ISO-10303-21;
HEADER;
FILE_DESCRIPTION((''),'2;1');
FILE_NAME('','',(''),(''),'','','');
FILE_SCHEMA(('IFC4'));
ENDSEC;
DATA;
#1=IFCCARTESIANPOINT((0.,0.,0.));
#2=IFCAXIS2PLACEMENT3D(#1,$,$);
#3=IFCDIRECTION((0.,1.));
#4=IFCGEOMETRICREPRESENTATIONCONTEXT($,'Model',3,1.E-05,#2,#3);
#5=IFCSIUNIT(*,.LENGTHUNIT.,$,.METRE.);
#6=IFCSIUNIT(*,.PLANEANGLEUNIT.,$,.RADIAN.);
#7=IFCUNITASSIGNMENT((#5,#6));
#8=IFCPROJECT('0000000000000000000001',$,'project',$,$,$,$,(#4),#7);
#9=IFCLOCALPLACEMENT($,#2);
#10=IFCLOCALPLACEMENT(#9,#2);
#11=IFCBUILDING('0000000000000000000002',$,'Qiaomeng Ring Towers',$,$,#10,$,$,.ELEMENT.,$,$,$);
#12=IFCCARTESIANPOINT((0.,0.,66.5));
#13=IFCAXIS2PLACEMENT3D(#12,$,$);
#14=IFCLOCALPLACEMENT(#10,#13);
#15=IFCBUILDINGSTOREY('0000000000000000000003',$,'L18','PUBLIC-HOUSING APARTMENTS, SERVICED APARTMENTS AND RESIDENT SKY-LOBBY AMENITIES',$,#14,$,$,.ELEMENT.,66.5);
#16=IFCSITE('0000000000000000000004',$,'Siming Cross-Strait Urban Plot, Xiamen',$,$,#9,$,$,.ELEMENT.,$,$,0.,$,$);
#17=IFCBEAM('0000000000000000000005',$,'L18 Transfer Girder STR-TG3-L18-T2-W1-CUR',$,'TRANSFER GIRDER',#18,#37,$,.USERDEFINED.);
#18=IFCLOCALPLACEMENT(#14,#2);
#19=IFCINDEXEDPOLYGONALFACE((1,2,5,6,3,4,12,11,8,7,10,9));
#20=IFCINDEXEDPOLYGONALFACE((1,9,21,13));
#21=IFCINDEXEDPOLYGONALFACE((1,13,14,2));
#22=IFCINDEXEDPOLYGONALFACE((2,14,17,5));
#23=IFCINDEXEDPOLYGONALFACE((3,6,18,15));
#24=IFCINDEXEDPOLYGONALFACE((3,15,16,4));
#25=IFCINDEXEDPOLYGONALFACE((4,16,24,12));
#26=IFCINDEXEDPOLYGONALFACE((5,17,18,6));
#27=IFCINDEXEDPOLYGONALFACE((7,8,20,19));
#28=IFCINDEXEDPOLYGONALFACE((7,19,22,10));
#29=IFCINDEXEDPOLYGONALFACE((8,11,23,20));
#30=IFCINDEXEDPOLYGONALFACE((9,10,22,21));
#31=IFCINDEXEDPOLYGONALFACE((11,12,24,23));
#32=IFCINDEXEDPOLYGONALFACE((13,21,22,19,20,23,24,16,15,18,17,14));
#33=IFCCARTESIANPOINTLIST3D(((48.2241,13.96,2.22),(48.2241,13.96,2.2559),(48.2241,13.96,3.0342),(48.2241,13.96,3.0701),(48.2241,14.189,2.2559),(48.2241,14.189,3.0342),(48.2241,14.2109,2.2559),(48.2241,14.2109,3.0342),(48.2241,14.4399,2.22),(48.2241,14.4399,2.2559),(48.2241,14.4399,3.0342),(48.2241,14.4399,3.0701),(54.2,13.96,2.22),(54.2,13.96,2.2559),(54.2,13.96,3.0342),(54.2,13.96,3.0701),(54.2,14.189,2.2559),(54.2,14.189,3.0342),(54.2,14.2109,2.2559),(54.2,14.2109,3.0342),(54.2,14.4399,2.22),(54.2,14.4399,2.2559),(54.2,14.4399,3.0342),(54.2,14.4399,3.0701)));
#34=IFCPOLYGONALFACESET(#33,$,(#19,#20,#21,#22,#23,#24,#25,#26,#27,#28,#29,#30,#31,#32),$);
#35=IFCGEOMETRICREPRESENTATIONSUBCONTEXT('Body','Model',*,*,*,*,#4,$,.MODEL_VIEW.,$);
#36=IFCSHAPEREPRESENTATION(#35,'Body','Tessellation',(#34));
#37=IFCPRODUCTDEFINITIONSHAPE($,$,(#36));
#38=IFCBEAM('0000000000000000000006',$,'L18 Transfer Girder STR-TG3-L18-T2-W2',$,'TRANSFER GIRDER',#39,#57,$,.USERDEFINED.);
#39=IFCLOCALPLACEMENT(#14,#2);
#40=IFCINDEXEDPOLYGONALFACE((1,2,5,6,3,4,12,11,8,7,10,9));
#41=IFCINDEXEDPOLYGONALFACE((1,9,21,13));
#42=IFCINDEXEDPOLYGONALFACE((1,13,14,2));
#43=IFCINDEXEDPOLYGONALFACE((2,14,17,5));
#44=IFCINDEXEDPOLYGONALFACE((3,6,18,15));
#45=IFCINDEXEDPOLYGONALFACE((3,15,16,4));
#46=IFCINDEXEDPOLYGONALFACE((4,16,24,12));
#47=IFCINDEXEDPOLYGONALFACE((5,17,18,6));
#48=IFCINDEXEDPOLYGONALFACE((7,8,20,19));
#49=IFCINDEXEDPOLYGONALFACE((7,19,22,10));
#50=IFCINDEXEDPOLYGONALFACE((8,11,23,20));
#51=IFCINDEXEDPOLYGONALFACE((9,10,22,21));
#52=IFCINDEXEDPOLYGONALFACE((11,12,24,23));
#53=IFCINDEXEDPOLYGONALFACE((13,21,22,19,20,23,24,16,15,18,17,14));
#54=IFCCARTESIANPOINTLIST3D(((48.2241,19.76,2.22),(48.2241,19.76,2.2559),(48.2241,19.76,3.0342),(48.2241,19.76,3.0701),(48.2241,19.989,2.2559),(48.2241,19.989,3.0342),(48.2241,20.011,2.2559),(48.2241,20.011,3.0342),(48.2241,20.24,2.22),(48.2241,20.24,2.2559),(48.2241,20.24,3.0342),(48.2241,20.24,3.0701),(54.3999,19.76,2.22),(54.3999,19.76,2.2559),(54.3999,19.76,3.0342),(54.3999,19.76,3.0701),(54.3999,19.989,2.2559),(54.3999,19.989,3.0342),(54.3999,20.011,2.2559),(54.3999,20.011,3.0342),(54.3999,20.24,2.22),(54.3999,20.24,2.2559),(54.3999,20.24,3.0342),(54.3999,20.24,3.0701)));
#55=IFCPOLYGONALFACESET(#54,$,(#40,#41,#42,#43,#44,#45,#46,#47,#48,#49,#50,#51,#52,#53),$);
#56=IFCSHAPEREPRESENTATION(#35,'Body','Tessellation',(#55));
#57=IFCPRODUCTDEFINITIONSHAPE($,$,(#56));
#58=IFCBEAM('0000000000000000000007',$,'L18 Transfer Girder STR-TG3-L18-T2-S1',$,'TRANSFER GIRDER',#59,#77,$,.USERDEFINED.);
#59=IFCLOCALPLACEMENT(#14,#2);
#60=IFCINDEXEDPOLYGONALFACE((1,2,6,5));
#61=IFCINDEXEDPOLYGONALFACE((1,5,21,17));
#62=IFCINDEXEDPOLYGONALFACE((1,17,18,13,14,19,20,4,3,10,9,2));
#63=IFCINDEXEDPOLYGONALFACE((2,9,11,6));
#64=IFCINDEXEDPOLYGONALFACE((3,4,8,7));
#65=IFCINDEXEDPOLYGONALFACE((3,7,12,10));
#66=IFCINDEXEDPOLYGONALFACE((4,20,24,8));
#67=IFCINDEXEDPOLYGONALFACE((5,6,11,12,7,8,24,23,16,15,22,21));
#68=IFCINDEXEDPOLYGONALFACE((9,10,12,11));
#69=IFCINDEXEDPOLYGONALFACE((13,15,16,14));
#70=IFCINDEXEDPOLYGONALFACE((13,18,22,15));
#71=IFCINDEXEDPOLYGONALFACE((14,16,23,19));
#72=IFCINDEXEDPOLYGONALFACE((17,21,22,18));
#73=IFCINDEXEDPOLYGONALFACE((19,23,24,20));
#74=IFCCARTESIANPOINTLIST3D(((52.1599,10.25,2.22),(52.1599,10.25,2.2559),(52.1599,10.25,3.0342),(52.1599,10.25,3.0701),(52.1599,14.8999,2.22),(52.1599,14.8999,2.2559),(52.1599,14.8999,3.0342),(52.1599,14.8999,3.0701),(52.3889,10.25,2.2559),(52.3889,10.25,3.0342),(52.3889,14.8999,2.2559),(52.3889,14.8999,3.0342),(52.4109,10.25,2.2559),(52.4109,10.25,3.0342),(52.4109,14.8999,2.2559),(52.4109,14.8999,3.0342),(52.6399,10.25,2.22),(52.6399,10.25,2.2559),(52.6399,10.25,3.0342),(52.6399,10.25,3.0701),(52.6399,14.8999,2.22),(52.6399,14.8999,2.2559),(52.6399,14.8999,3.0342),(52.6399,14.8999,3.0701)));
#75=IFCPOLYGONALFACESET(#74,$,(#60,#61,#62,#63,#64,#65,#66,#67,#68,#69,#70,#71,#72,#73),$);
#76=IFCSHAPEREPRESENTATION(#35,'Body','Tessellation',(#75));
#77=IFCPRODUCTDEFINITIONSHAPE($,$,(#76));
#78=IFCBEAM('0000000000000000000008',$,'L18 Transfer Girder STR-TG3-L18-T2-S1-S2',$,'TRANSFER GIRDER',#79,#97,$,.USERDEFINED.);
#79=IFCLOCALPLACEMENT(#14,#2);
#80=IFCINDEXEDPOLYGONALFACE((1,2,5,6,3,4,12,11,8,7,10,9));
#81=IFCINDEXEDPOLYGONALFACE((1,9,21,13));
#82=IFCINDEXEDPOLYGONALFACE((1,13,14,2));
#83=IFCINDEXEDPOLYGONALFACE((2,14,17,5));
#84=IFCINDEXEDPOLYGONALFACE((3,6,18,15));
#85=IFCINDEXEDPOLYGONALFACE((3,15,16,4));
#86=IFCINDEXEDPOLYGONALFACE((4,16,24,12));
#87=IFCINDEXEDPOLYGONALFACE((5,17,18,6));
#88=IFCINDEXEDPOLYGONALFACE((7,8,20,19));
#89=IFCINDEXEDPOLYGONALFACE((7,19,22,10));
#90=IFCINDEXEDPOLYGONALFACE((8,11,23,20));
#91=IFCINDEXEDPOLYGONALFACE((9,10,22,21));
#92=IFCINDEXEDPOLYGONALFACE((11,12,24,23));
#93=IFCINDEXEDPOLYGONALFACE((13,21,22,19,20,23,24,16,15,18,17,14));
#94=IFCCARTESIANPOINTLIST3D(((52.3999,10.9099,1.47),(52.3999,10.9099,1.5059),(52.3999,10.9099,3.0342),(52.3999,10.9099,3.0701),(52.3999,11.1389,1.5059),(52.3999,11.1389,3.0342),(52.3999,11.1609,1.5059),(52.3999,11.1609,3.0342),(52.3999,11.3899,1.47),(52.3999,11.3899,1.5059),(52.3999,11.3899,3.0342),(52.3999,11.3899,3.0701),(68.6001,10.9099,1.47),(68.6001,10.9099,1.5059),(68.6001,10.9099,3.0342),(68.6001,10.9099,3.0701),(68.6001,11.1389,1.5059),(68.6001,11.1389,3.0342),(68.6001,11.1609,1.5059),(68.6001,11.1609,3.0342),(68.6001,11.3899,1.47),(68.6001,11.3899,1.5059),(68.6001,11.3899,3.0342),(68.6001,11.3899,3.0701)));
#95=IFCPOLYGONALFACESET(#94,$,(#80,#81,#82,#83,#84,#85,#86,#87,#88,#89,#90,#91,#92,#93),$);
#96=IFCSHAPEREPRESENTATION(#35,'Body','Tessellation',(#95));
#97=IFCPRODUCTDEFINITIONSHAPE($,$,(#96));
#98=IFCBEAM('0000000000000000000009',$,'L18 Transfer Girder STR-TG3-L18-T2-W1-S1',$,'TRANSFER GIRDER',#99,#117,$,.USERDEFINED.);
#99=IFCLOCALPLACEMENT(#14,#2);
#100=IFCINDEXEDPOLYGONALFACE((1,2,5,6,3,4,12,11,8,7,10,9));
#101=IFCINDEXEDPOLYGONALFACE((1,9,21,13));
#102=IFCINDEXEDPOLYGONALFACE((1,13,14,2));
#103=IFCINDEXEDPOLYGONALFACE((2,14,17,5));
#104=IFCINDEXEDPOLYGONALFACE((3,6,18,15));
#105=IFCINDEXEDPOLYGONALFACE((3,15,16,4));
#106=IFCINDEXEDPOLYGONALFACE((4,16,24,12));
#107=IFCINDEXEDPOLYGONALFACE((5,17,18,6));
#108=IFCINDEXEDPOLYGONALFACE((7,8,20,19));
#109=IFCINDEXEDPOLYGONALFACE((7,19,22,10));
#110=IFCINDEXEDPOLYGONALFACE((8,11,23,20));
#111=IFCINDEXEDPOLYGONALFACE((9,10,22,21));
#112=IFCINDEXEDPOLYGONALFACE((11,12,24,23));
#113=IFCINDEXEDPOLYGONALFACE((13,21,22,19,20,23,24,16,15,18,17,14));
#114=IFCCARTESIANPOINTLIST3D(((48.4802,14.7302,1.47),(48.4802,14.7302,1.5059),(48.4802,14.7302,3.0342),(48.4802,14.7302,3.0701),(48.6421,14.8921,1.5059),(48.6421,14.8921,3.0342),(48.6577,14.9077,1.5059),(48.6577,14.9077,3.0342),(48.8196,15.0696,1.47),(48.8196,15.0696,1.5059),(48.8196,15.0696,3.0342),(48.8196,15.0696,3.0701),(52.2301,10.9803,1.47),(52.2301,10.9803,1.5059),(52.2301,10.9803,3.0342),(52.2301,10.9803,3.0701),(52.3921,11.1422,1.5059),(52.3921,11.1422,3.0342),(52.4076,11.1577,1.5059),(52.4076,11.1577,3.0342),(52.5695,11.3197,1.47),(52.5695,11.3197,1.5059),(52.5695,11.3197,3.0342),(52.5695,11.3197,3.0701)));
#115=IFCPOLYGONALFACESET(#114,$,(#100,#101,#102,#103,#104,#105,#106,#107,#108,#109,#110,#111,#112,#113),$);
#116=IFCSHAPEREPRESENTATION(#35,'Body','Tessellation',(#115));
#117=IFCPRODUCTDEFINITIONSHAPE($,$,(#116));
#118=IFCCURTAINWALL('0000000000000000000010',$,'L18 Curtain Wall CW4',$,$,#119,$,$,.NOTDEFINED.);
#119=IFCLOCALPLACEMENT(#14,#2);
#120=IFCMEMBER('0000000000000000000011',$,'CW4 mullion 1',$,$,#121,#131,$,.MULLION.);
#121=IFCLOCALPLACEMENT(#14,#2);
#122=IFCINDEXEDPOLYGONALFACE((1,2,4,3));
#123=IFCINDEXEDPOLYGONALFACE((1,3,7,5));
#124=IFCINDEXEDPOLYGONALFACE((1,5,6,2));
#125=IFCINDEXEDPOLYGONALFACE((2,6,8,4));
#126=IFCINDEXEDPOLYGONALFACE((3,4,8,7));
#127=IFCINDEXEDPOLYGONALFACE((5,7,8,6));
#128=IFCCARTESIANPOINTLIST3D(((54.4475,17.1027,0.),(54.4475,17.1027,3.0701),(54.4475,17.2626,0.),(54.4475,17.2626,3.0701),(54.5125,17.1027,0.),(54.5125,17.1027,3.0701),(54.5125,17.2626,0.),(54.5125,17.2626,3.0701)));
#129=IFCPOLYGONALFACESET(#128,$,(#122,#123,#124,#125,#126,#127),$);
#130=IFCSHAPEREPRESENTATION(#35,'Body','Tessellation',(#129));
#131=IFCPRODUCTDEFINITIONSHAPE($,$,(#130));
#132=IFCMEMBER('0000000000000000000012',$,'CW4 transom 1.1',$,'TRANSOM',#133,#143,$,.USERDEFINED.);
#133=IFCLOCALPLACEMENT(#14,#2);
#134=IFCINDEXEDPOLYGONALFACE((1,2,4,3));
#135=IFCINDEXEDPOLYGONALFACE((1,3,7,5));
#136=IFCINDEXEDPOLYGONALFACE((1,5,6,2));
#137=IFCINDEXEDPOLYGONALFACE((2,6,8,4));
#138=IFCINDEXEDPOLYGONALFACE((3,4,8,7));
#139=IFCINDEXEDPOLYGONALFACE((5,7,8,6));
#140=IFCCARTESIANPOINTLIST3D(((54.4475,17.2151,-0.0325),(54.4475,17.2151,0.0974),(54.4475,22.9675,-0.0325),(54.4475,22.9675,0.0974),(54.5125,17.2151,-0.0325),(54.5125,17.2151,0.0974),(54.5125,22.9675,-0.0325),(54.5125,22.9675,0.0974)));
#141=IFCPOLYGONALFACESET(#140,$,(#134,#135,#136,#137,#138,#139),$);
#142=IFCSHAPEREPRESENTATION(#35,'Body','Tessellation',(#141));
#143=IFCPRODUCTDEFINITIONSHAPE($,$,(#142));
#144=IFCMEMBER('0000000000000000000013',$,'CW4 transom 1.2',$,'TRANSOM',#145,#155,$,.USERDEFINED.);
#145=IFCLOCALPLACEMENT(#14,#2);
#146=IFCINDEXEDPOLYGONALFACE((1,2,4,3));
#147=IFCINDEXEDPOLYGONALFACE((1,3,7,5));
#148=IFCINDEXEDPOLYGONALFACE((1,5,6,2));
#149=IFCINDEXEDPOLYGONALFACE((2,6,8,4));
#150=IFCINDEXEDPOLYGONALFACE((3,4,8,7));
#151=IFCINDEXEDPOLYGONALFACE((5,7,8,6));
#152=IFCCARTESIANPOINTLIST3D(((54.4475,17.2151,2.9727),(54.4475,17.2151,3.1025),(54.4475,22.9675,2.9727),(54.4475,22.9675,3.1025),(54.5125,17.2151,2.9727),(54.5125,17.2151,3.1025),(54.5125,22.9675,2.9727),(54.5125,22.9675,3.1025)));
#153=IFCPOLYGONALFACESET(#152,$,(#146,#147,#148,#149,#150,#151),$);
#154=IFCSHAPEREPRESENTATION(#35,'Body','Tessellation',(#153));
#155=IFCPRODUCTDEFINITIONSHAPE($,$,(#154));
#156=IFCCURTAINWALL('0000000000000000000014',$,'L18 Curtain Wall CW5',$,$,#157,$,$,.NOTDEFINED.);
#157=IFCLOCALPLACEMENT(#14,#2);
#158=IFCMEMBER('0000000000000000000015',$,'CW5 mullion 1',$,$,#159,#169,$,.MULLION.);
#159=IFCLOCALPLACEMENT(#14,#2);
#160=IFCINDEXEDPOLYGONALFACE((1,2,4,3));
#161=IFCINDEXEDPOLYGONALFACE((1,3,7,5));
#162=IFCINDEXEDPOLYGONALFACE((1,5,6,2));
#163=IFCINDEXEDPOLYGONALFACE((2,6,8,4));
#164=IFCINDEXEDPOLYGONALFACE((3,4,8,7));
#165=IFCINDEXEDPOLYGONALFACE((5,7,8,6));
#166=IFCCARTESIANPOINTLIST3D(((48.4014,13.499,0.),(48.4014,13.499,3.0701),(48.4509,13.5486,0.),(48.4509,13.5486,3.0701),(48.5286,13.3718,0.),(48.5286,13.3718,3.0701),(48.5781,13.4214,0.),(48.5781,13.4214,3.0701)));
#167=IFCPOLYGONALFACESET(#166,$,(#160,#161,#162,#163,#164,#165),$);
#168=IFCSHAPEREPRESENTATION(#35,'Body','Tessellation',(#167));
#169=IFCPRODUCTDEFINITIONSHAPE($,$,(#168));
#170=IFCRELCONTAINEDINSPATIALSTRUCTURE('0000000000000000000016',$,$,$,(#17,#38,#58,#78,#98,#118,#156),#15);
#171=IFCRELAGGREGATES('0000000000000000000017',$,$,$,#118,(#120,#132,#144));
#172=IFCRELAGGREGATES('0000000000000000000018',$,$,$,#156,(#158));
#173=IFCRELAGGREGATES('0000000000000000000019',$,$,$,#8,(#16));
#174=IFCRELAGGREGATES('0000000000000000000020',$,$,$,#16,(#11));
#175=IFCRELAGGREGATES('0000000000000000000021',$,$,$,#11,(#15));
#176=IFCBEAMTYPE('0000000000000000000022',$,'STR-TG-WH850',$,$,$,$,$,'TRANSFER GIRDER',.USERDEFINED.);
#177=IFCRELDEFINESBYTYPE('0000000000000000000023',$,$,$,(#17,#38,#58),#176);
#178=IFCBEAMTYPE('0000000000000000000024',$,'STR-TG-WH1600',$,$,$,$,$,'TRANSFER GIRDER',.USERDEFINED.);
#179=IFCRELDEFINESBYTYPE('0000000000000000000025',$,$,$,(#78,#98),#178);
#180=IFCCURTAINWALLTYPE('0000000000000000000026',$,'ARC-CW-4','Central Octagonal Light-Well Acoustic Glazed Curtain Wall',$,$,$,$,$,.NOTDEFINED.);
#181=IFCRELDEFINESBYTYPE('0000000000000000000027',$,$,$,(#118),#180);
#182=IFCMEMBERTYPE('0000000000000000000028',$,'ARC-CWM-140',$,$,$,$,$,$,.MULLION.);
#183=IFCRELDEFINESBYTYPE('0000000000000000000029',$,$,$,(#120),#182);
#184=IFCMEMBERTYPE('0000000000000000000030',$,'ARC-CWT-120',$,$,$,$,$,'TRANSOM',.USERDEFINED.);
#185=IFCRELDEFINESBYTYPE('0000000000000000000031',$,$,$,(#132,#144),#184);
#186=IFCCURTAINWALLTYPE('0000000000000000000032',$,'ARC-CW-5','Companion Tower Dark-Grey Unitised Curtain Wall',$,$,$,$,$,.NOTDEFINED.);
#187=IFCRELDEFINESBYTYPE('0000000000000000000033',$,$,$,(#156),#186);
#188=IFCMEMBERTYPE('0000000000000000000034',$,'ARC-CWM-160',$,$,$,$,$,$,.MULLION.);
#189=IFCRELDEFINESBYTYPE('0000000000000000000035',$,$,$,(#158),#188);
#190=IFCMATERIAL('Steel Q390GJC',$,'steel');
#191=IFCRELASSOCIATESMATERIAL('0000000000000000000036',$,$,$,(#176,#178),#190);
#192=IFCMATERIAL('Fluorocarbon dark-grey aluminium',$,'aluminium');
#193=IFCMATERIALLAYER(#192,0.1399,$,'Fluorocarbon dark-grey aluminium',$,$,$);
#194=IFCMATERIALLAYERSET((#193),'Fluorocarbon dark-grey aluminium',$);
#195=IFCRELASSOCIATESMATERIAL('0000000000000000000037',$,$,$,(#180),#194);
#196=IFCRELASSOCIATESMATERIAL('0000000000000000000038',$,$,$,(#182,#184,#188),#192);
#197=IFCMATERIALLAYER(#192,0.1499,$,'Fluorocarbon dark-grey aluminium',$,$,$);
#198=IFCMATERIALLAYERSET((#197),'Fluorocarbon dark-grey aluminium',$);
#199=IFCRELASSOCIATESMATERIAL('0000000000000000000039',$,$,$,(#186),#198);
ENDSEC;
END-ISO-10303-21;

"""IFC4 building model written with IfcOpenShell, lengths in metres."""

from ifc_helpers import new_model, si_unit, direction, frame, origin, origin_2d, place, context, subcontext, project, spatial, rectangle, i_section, extrude, source, transform, mapped, material, layer, layer_set, material_profile, profile_set, type_object, element, aggregate, save


model = new_model("IFC4")

# Units and contexts
model_context = context("Model", 3, precision=1e-05, world=origin(), true_north=direction((0.0, 1.0)))
body_context = subcontext(model_context, "Body", "Model", "MODEL_VIEW")
ifc_project = project(units=[si_unit("LENGTHUNIT", "METRE"), si_unit("PLANEANGLEUNIT", "RADIAN")], contexts=[model_context])

# Site, building, storey
site_placement = place(None, origin())
site = spatial("IfcSite", under=ifc_project, at=site_placement, Name="Siming Cross-Strait Urban Plot, Xiamen", CompositionType="ELEMENT", RefElevation=0.0)
building_placement = place(site_placement, origin())
building = spatial("IfcBuilding", under=site, at=building_placement, Name="Qiaomeng Ring Towers", CompositionType="ELEMENT")
storey_placement = place(building_placement, frame((0.0, 0.0, 66.5)))
storey = spatial("IfcBuildingStorey", under=building, at=storey_placement, Name="L18", Description="PUBLIC-HOUSING APARTMENTS, SERVICED APARTMENTS AND RESIDENT SKY-LOBBY AMENITIES", CompositionType="ELEMENT", Elevation=66.5)

# Beams
ifc_material_1 = material(Name="Steel Q390GJC", Category="steel")
ifc_material_profile_1 = material_profile(ifc_material_1, i_section(OverallWidth=0.48, OverallDepth=0.8501, WebThickness=0.022, FlangeThickness=0.0359, at=origin_2d()), Name="WH 850x480x22x36")
ifc_profile_set_1 = profile_set([ifc_material_profile_1], Name="Steel Q390GJC")
beam_type_1 = type_object("IfcBeamType", Name="STR-TG-WH850", ElementType="TRANSFER GIRDER", PredefinedType="USERDEFINED", material=ifc_profile_set_1)
shared_shape_1 = source(origin(), body_context, "Body", "SweptSolid", [
    extrude(i_section(OverallWidth=0.48, OverallDepth=0.8501, WebThickness=0.022, FlangeThickness=0.0359, at=origin_2d()), origin(), (0.0, 0.0, 1.0), 5.9758),
])
beam_1_placement = place(storey_placement, frame((48.2241, 14.2, 2.645), z_axis=(1.0, 0.0, 0.0), x_axis=(0.0, 1.0, 0.0)))
element("IfcBeam", 1, at=beam_1_placement, inside=storey, type_object=beam_type_1, Name="L18 Transfer Girder STR-TG3-L18-T2-W1-CUR", ObjectType="TRANSFER GIRDER", PredefinedType="USERDEFINED", context=body_context, shape_type="MappedRepresentation", body=[
    mapped(shared_shape_1, transform((0.0, 0.0, 0.0), x_axis=(1.0, 0.0, 0.0), y_axis=(0.0, 1.0, 0.0), z_axis=(0.0, 0.0, 1.0), scale=1.0)),
])
shared_shape_2 = source(origin(), body_context, "Body", "SweptSolid", [
    extrude(i_section(OverallWidth=0.48, OverallDepth=0.8501, WebThickness=0.022, FlangeThickness=0.0359, at=origin_2d()), origin(), (0.0, 0.0, 1.0), 6.1758),
])
beam_2_placement = place(storey_placement, frame((48.2241, 20.0, 2.645), z_axis=(1.0, 0.0, 0.0), x_axis=(0.0, 1.0, 0.0)))
element("IfcBeam", 2, at=beam_2_placement, inside=storey, type_object=beam_type_1, Name="L18 Transfer Girder STR-TG3-L18-T2-W2", ObjectType="TRANSFER GIRDER", PredefinedType="USERDEFINED", context=body_context, shape_type="MappedRepresentation", body=[
    mapped(shared_shape_2, transform((0.0, 0.0, 0.0), x_axis=(1.0, 0.0, 0.0), y_axis=(0.0, 1.0, 0.0), z_axis=(0.0, 0.0, 1.0), scale=1.0)),
])
shared_shape_3 = source(origin(), body_context, "Body", "SweptSolid", [
    extrude(i_section(OverallWidth=0.48, OverallDepth=0.8501, WebThickness=0.022, FlangeThickness=0.0359, at=origin_2d()), origin(), (0.0, 0.0, 1.0), 4.6499),
])
beam_3_placement = place(storey_placement, frame((52.3999, 10.25, 2.645), z_axis=(0.0, 1.0, 0.0), x_axis=(-1.0, 0.0, 0.0)))
element("IfcBeam", 3, at=beam_3_placement, inside=storey, type_object=beam_type_1, Name="L18 Transfer Girder STR-TG3-L18-T2-S1", ObjectType="TRANSFER GIRDER", PredefinedType="USERDEFINED", context=body_context, shape_type="MappedRepresentation", body=[
    mapped(shared_shape_3, transform((0.0, 0.0, 0.0), x_axis=(1.0, 0.0, 0.0), y_axis=(0.0, 1.0, 0.0), z_axis=(0.0, 0.0, 1.0), scale=1.0)),
])
ifc_material_profile_2 = material_profile(ifc_material_1, i_section(OverallWidth=0.48, OverallDepth=1.6001, WebThickness=0.022, FlangeThickness=0.0359, at=origin_2d()), Name="WH 1600x480x22x36")
ifc_profile_set_2 = profile_set([ifc_material_profile_2], Name="Steel Q390GJC")
beam_type_2 = type_object("IfcBeamType", Name="STR-TG-WH1600", ElementType="TRANSFER GIRDER", PredefinedType="USERDEFINED", material=ifc_profile_set_2)
shared_shape_4 = source(origin(), body_context, "Body", "SweptSolid", [
    extrude(i_section(OverallWidth=0.48, OverallDepth=1.6001, WebThickness=0.022, FlangeThickness=0.0359, at=origin_2d()), origin(), (0.0, 0.0, 1.0), 16.2002),
])
beam_4_placement = place(storey_placement, frame((52.3999, 11.1499, 2.27), z_axis=(1.0, 0.0, 0.0), x_axis=(0.0, 1.0, 0.0)))
element("IfcBeam", 4, at=beam_4_placement, inside=storey, type_object=beam_type_2, Name="L18 Transfer Girder STR-TG3-L18-T2-S1-S2", ObjectType="TRANSFER GIRDER", PredefinedType="USERDEFINED", context=body_context, shape_type="MappedRepresentation", body=[
    mapped(shared_shape_4, transform((0.0, 0.0, 0.0), x_axis=(1.0, 0.0, 0.0), y_axis=(0.0, 1.0, 0.0), z_axis=(0.0, 0.0, 1.0), scale=1.0)),
])
shared_shape_5 = source(origin(), body_context, "Body", "SweptSolid", [
    extrude(i_section(OverallWidth=0.48, OverallDepth=1.6001, WebThickness=0.022, FlangeThickness=0.0359, at=origin_2d()), origin(), (0.0, 0.0, 1.0), 5.3032),
])
beam_5_placement = place(storey_placement, frame((48.6499, 14.8999, 2.27), z_axis=(0.707107, -0.707107, 0.0), x_axis=(0.707107, 0.707107, 0.0)))
element("IfcBeam", 5, at=beam_5_placement, inside=storey, type_object=beam_type_2, Name="L18 Transfer Girder STR-TG3-L18-T2-W1-S1", ObjectType="TRANSFER GIRDER", PredefinedType="USERDEFINED", context=body_context, shape_type="MappedRepresentation", body=[
    mapped(shared_shape_5, transform((0.0, 0.0, 0.0), x_axis=(1.0, 0.0, 0.0), y_axis=(0.0, 1.0, 0.0), z_axis=(0.0, 0.0, 1.0), scale=1.0)),
])

# Curtain walls, members
ifc_material_2 = material(Name="Fluorocarbon dark-grey aluminium", Category="aluminium")
ifc_layer_1 = layer(ifc_material_2, 0.1399, Name="Fluorocarbon dark-grey aluminium")
ifc_layer_set_1 = layer_set([ifc_layer_1], Name="Fluorocarbon dark-grey aluminium")
curtain_wall_type_1 = type_object("IfcCurtainWallType", Name="ARC-CW-4", Description="Central Octagonal Light-Well Acoustic Glazed Curtain Wall", PredefinedType="NOTDEFINED", material=ifc_layer_set_1)
curtain_wall_1_placement = place(storey_placement, origin())
curtain_wall_1 = element("IfcCurtainWall", 6, at=curtain_wall_1_placement, inside=storey, type_object=curtain_wall_type_1, Name="L18 Curtain Wall CW4", PredefinedType="NOTDEFINED")
ifc_material_profile_3 = material_profile(ifc_material_2, rectangle(XDim=0.0649, YDim=0.1599, at=origin_2d()), Name="ALU MULL 65x160")
ifc_profile_set_3 = profile_set([ifc_material_profile_3], Name="Fluorocarbon dark-grey aluminium")
member_type_1 = type_object("IfcMemberType", Name="ARC-CWM-140", PredefinedType="MULLION", material=ifc_profile_set_3)
shared_shape_6 = source(origin(), body_context, "Body", "SweptSolid", [
    extrude(rectangle(XDim=0.0649, YDim=0.1599, at=origin_2d()), origin(), (0.0, 0.0, 1.0), 3.0701),
])
member_1_placement = place(storey_placement, frame((54.48, 17.1826, 0.0), z_axis=(0.0, 0.0, 1.0), x_axis=(-1.0, 0.0, 0.0)))
member_1 = element("IfcMember", 7, at=member_1_placement, type_object=member_type_1, Name="CW4 mullion 1", PredefinedType="MULLION", context=body_context, shape_type="MappedRepresentation", body=[
    mapped(shared_shape_6, transform((0.0, 0.0, 0.0), x_axis=(1.0, 0.0, 0.0), y_axis=(0.0, 1.0, 0.0), z_axis=(0.0, 0.0, 1.0), scale=1.0)),
])
ifc_material_profile_4 = material_profile(ifc_material_2, rectangle(XDim=0.0649, YDim=0.1299, at=origin_2d()), Name="ALU TRAN 65x130")
ifc_profile_set_4 = profile_set([ifc_material_profile_4], Name="Fluorocarbon dark-grey aluminium")
member_type_2 = type_object("IfcMemberType", Name="ARC-CWT-120", ElementType="TRANSOM", PredefinedType="USERDEFINED", material=ifc_profile_set_4)
shared_shape_7 = source(origin(), body_context, "Body", "SweptSolid", [
    extrude(rectangle(XDim=0.0649, YDim=0.1299, at=origin_2d()), origin(), (0.0, 0.0, 1.0), 5.7524),
])
member_2_placement = place(storey_placement, frame((54.48, 17.2151, 0.0325), z_axis=(0.0, 1.0, 0.0), x_axis=(-1.0, 0.0, 0.0)))
member_2 = element("IfcMember", 8, at=member_2_placement, type_object=member_type_2, Name="CW4 transom 1.1", ObjectType="TRANSOM", PredefinedType="USERDEFINED", context=body_context, shape_type="MappedRepresentation", body=[
    mapped(shared_shape_7, transform((0.0, 0.0, 0.0), x_axis=(1.0, 0.0, 0.0), y_axis=(0.0, 1.0, 0.0), z_axis=(0.0, 0.0, 1.0), scale=1.0)),
])
member_3_placement = place(storey_placement, frame((54.48, 17.2151, 3.0376), z_axis=(0.0, 1.0, 0.0), x_axis=(-1.0, 0.0, 0.0)))
member_3 = element("IfcMember", 9, at=member_3_placement, type_object=member_type_2, Name="CW4 transom 1.2", ObjectType="TRANSOM", PredefinedType="USERDEFINED", context=body_context, shape_type="MappedRepresentation", body=[
    mapped(shared_shape_7, transform((0.0, 0.0, 0.0), x_axis=(1.0, 0.0, 0.0), y_axis=(0.0, 1.0, 0.0), z_axis=(0.0, 0.0, 1.0), scale=1.0)),
])
aggregate(curtain_wall_1, [member_1, member_2, member_3])
ifc_layer_2 = layer(ifc_material_2, 0.1499, Name="Fluorocarbon dark-grey aluminium")
ifc_layer_set_2 = layer_set([ifc_layer_2], Name="Fluorocarbon dark-grey aluminium")
curtain_wall_type_2 = type_object("IfcCurtainWallType", Name="ARC-CW-5", Description="Companion Tower Dark-Grey Unitised Curtain Wall", PredefinedType="NOTDEFINED", material=ifc_layer_set_2)
curtain_wall_2_placement = place(storey_placement, origin())
curtain_wall_2 = element("IfcCurtainWall", 10, at=curtain_wall_2_placement, inside=storey, type_object=curtain_wall_type_2, Name="L18 Curtain Wall CW5", PredefinedType="NOTDEFINED")
ifc_material_profile_5 = material_profile(ifc_material_2, rectangle(XDim=0.0701, YDim=0.1799, at=origin_2d()), Name="ALU MULL 70x180")
ifc_profile_set_5 = profile_set([ifc_material_profile_5], Name="Fluorocarbon dark-grey aluminium")
member_type_3 = type_object("IfcMemberType", Name="ARC-CWM-160", PredefinedType="MULLION", material=ifc_profile_set_5)
shared_shape_8 = source(origin(), body_context, "Body", "SweptSolid", [
    extrude(rectangle(XDim=0.0701, YDim=0.1799, at=origin_2d()), origin(), (0.0, 0.0, 1.0), 3.0701),
])
member_4_placement = place(storey_placement, frame((48.4897, 13.4602, 0.0), z_axis=(0.0, 0.0, 1.0), x_axis=(0.707107, 0.707107, 0.0)))
member_4 = element("IfcMember", 11, at=member_4_placement, type_object=member_type_3, Name="CW5 mullion 1", PredefinedType="MULLION", context=body_context, shape_type="MappedRepresentation", body=[
    mapped(shared_shape_8, transform((0.0, 0.0, 0.0), x_axis=(1.0, 0.0, 0.0), y_axis=(0.0, 1.0, 0.0), z_axis=(0.0, 0.0, 1.0), scale=1.0)),
])

aggregate(curtain_wall_2, [member_4])

save(model, "model.ifc")
